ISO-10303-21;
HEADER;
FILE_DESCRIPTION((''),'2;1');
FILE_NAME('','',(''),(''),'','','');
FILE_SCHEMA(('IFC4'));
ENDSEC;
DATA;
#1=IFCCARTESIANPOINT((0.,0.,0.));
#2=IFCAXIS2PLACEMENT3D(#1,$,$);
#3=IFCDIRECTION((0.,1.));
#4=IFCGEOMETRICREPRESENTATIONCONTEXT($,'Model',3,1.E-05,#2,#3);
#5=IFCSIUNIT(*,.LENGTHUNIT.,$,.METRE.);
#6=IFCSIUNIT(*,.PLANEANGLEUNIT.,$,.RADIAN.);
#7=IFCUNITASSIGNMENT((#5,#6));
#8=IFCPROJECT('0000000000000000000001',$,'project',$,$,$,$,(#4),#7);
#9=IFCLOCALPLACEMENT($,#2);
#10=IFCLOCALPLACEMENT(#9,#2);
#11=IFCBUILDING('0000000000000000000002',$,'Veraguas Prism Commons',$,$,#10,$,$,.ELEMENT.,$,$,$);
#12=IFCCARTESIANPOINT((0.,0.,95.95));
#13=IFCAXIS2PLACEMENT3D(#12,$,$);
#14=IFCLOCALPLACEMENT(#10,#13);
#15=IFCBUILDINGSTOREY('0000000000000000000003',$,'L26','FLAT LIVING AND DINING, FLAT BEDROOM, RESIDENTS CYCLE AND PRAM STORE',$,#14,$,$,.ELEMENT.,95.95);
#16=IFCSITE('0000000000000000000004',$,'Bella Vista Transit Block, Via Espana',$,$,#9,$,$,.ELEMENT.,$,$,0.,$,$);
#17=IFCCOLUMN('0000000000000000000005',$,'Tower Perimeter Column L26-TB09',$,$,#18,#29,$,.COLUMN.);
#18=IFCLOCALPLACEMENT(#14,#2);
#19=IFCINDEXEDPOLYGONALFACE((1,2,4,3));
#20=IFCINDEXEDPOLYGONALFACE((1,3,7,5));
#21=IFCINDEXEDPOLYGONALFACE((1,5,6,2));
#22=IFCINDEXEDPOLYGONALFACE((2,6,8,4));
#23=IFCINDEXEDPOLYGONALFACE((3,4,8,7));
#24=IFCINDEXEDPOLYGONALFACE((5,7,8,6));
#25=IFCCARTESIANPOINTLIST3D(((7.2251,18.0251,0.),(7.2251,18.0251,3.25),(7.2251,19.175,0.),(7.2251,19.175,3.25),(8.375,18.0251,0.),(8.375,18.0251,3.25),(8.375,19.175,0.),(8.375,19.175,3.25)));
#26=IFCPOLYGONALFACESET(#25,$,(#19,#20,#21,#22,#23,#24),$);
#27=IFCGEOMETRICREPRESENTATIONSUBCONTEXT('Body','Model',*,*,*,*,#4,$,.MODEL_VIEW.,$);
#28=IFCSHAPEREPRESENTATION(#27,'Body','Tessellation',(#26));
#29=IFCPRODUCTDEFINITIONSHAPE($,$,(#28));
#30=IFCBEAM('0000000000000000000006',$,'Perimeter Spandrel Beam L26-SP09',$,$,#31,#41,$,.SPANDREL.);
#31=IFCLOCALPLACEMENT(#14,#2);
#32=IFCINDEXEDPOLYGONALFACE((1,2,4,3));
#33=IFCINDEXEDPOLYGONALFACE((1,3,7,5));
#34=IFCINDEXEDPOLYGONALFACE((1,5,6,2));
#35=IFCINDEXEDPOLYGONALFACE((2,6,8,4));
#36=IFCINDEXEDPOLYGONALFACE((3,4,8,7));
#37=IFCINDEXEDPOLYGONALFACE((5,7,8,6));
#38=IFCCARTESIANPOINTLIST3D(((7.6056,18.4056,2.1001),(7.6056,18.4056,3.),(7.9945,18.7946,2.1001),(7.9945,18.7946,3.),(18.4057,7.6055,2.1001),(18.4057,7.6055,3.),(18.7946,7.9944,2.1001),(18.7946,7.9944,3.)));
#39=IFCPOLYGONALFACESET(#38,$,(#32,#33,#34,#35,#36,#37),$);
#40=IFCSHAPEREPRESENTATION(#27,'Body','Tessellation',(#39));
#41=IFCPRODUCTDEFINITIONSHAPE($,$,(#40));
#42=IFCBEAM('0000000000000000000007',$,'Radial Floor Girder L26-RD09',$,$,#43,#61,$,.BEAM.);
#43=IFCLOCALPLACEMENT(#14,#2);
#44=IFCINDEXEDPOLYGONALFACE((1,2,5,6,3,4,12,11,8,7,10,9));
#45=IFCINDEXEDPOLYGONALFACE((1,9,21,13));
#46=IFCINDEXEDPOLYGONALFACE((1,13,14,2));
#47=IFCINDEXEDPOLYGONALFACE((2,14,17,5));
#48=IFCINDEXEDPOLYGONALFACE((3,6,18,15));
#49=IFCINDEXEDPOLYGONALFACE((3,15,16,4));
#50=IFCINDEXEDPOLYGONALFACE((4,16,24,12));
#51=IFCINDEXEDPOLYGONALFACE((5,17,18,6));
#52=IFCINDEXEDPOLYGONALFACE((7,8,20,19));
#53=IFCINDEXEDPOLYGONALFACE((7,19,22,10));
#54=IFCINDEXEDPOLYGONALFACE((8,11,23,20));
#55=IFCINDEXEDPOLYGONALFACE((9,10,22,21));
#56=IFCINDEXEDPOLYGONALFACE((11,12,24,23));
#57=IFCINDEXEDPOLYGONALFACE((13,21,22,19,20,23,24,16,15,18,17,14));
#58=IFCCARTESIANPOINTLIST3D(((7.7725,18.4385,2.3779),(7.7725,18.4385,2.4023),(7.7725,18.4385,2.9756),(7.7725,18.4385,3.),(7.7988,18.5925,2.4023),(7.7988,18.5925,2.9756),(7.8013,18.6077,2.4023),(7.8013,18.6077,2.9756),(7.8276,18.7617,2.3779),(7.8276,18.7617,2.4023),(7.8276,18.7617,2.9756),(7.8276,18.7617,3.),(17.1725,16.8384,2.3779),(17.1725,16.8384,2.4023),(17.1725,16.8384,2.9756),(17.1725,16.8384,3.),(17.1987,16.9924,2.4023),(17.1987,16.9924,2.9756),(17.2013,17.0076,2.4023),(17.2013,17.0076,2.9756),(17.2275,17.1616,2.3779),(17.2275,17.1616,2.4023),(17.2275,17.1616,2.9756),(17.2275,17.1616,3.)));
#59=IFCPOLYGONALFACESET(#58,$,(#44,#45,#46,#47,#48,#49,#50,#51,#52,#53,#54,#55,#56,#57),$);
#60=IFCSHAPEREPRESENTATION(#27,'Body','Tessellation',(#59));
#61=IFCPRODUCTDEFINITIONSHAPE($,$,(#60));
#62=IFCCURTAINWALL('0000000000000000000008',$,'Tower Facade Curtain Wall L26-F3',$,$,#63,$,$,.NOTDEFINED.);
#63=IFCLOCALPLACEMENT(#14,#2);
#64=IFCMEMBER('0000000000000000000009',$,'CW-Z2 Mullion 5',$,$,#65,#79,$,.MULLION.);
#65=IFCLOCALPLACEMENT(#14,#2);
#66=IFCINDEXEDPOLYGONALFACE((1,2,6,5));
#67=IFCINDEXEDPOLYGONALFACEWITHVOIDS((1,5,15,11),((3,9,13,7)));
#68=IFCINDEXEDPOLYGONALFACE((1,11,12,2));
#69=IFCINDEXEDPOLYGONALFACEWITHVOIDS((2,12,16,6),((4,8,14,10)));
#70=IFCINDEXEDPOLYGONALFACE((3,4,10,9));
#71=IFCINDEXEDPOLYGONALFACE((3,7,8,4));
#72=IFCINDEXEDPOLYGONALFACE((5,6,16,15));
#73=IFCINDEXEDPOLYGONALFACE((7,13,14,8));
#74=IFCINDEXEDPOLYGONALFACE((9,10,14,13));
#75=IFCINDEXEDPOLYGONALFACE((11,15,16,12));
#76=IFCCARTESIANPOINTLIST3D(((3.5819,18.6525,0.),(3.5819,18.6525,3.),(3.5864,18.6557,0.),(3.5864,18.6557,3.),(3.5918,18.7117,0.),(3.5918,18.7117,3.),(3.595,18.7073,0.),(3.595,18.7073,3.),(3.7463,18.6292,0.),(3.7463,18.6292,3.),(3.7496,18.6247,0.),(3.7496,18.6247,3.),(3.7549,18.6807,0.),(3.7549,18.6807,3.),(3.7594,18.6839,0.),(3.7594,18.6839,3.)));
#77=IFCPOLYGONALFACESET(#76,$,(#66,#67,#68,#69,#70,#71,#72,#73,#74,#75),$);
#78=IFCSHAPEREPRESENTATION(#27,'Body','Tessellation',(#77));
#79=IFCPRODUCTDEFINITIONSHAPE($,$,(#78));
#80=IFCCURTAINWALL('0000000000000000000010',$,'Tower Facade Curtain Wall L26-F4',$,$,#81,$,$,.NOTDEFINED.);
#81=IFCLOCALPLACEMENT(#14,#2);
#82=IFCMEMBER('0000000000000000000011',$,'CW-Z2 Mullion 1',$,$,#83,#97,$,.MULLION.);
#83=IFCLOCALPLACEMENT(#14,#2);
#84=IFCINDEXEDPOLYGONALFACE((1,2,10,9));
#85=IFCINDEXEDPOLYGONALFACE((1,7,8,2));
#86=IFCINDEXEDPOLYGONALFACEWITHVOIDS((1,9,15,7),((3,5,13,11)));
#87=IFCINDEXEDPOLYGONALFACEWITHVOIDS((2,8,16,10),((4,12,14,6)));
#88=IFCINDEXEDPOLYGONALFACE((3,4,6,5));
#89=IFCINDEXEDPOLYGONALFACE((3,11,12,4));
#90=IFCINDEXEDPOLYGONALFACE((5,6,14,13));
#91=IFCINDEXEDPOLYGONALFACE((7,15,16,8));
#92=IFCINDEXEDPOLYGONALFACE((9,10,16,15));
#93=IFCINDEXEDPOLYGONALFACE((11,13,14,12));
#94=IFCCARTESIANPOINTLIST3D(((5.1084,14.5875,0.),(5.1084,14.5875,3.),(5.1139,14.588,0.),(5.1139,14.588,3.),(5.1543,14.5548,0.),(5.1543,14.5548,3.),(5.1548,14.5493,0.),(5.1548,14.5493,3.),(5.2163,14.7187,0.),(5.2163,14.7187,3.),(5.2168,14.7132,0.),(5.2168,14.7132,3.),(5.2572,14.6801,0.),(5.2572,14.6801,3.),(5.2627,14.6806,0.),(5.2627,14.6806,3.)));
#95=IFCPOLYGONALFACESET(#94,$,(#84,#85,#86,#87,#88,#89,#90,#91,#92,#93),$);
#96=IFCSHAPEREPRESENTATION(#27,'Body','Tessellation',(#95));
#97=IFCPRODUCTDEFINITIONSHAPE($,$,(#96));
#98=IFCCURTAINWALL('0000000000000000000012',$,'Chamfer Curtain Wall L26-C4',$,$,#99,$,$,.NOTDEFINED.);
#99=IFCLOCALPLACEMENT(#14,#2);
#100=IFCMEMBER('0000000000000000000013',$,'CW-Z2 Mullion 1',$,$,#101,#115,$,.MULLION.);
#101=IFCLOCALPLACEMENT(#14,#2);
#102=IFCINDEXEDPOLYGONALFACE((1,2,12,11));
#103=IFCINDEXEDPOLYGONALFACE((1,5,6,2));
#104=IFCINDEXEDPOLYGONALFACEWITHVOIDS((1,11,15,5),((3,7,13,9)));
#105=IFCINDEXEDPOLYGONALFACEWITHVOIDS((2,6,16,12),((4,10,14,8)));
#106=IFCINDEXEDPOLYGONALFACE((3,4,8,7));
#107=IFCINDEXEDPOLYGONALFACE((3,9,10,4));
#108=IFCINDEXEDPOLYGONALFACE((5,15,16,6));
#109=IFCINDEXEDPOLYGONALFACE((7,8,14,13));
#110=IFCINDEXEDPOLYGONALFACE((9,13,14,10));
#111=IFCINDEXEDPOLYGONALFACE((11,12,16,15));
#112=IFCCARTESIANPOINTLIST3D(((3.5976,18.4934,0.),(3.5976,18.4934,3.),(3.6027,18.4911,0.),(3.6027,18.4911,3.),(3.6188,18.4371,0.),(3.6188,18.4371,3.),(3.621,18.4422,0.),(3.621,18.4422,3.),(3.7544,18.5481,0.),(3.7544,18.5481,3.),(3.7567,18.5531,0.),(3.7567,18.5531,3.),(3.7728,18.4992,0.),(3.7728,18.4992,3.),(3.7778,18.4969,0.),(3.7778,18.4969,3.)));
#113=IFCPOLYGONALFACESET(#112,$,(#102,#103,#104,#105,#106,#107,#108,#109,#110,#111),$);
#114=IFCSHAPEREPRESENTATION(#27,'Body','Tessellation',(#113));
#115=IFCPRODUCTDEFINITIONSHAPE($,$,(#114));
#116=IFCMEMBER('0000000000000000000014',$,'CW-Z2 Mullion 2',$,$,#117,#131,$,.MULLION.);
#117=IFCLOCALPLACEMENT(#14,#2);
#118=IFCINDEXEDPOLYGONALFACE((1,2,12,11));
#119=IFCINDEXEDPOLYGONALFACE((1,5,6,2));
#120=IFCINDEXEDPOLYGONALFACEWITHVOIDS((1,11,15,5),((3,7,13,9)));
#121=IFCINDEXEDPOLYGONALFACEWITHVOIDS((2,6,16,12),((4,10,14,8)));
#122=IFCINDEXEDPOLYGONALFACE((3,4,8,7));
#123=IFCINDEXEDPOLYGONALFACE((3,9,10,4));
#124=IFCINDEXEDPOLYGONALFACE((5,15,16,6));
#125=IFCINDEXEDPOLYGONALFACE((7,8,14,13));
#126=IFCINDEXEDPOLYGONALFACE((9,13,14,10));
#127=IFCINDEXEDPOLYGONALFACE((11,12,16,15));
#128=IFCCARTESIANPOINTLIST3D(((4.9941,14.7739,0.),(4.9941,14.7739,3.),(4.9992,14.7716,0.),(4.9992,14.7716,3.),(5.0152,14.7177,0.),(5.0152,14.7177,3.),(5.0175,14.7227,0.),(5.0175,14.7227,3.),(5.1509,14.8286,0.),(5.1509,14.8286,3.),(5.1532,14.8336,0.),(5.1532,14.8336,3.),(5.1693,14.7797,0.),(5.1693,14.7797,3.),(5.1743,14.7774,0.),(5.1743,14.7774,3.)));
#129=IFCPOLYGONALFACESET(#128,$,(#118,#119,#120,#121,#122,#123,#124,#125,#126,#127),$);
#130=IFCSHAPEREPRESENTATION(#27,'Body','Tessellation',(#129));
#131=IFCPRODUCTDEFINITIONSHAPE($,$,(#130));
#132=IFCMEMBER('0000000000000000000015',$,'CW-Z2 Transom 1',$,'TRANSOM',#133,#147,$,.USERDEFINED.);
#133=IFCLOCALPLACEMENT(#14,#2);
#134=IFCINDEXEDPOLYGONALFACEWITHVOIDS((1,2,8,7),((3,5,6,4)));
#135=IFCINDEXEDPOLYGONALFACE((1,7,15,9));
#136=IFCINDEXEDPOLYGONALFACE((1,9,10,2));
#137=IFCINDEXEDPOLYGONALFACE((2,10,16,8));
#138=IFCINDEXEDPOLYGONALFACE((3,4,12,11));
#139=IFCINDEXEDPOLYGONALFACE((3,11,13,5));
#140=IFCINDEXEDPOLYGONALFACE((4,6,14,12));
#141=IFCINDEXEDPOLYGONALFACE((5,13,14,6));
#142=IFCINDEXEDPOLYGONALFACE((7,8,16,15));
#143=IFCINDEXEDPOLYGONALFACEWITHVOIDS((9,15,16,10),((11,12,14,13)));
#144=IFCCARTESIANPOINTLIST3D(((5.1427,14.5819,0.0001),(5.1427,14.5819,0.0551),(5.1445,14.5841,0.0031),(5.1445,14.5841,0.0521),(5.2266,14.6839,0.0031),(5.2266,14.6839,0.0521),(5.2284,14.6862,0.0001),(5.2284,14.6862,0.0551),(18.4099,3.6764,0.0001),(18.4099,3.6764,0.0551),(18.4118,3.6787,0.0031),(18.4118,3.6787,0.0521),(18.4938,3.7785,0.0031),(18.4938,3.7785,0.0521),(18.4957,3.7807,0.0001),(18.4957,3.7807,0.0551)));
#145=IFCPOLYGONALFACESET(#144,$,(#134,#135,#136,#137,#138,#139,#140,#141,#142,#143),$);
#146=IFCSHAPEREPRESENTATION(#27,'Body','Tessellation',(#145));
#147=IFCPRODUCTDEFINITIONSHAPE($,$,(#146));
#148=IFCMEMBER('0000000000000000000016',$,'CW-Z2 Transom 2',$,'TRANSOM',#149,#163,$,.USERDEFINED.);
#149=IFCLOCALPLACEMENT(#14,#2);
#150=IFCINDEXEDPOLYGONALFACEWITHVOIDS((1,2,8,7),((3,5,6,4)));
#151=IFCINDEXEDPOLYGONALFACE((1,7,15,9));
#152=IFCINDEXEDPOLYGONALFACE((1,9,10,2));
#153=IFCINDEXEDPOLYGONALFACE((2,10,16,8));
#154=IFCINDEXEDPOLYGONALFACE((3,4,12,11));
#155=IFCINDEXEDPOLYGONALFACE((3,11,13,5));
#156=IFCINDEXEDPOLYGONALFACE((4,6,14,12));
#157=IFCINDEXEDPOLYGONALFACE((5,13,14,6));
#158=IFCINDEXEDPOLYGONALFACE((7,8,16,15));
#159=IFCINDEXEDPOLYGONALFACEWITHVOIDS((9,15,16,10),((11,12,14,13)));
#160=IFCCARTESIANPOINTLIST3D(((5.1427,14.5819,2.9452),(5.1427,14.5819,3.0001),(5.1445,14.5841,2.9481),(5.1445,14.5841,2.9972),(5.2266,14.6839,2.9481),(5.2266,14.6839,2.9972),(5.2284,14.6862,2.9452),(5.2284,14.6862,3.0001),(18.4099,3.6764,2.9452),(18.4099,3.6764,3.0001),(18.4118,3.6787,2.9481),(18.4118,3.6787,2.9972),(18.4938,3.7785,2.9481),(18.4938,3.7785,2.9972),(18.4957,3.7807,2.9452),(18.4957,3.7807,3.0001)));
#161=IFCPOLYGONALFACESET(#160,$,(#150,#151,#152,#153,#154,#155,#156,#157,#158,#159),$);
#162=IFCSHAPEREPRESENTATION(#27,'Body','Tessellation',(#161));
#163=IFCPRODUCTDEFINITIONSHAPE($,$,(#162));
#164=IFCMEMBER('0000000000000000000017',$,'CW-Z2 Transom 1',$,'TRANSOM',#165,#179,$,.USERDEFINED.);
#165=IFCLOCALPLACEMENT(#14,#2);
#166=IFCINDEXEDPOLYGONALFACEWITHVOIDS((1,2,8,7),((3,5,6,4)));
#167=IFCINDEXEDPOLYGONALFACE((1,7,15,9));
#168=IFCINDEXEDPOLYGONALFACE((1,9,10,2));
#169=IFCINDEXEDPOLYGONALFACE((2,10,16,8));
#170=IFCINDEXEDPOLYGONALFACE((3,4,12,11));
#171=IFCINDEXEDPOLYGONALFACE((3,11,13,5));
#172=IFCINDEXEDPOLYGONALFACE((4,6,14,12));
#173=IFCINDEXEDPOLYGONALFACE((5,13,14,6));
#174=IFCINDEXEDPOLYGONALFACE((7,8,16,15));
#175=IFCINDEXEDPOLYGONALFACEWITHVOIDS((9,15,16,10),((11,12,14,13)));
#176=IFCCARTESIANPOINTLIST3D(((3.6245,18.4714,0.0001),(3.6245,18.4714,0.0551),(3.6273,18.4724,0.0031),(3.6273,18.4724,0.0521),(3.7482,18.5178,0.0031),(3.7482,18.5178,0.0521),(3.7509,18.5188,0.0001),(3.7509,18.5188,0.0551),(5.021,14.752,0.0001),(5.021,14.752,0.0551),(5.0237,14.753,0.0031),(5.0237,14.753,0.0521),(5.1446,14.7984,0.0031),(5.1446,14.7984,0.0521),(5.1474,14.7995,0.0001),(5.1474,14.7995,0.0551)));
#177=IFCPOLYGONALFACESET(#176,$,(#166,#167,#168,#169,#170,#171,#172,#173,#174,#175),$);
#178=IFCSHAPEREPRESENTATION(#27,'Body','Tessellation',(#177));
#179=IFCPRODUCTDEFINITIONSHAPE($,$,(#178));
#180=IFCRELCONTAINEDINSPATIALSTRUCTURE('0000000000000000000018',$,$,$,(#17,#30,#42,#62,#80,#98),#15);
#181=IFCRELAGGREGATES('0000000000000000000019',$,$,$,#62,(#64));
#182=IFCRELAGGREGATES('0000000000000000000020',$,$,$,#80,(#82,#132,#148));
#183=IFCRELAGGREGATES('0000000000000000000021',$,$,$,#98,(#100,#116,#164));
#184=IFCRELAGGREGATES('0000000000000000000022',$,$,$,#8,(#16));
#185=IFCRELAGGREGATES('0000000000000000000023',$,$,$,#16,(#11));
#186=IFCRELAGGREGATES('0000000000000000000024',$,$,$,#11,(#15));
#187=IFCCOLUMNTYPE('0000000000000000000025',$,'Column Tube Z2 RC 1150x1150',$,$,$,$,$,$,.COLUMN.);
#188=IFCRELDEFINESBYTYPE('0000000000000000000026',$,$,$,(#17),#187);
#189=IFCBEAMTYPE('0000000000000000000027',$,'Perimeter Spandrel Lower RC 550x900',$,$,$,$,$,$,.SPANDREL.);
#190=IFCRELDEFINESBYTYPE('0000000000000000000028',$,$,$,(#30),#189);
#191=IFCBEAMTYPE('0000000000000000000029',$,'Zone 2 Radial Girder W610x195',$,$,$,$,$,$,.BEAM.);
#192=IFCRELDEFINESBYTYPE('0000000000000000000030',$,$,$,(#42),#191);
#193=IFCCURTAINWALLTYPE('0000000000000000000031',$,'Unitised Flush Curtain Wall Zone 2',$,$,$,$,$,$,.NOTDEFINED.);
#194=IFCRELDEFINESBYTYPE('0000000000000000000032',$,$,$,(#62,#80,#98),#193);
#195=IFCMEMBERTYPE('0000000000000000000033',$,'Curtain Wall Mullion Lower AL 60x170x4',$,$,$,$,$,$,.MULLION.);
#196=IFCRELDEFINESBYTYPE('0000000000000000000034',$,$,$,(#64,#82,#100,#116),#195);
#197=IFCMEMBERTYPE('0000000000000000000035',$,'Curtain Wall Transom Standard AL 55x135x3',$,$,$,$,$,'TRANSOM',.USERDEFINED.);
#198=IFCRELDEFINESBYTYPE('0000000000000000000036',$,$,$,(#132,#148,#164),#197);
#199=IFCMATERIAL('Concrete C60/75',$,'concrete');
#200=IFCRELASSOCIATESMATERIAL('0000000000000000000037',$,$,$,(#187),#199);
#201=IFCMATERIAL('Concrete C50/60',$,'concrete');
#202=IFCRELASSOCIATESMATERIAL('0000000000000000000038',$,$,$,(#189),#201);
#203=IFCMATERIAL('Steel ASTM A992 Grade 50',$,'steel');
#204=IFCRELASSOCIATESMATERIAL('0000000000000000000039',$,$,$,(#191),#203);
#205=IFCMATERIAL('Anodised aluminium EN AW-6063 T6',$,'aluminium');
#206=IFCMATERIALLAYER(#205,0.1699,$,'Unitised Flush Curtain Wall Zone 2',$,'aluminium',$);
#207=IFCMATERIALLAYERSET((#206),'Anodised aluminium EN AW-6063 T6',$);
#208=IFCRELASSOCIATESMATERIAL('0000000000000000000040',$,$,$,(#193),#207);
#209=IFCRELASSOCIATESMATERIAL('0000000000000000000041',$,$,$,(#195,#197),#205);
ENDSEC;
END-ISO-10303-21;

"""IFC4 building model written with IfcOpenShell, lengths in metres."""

from ifc_helpers import new_model, si_unit, direction, frame, origin, origin_2d, place, context, subcontext, project, spatial, rectangle, hollow_rectangle, i_section, extrude, source, transform, mapped, material, layer, layer_set, material_profile, profile_set, type_object, element, aggregate, save


model = new_model("IFC4")

# Units and contexts
model_context = context("Model", 3, precision=1e-05, world=origin(), true_north=direction((0.0, 1.0)))
body_context = subcontext(model_context, "Body", "Model", "MODEL_VIEW")
ifc_project = project(units=[si_unit("LENGTHUNIT", "METRE"), si_unit("PLANEANGLEUNIT", "RADIAN")], contexts=[model_context])

# Site, building, storey
site_placement = place(None, origin())
site = spatial("IfcSite", under=ifc_project, at=site_placement, Name="Bella Vista Transit Block, Via Espana", CompositionType="ELEMENT", RefElevation=0.0)
building_placement = place(site_placement, origin())
building = spatial("IfcBuilding", under=site, at=building_placement, Name="Veraguas Prism Commons", CompositionType="ELEMENT")
storey_placement = place(building_placement, frame((0.0, 0.0, 95.95)))
storey = spatial("IfcBuildingStorey", under=building, at=storey_placement, Name="L26", Description="FLAT LIVING AND DINING, FLAT BEDROOM, RESIDENTS CYCLE AND PRAM STORE", CompositionType="ELEMENT", Elevation=95.95)

# Column
ifc_material_1 = material(Name="Concrete C60/75", Category="concrete")
ifc_material_profile_1 = material_profile(ifc_material_1, rectangle(XDim=1.1499, YDim=1.1499, at=origin_2d()), Name="RC1150X1150")
ifc_profile_set_1 = profile_set([ifc_material_profile_1], Name="Concrete C60/75")
column_type = type_object("IfcColumnType", Name="Column Tube Z2 RC 1150x1150", PredefinedType="COLUMN", material=ifc_profile_set_1)
column_placement = place(storey_placement, frame((7.8, 18.6001, 0.0), z_axis=(0.0, 0.0, 1.0), x_axis=(1.0, 0.0, 0.0)))
element("IfcColumn", 1, at=column_placement, inside=storey, type_object=column_type, Name="Tower Perimeter Column L26-TB09", PredefinedType="COLUMN", context=body_context, shape_type="SweptSolid", body=[
    extrude(rectangle(XDim=1.1499, YDim=1.1499, at=origin_2d()), origin(), (0.0, 0.0, 1.0), 3.25),
])

# Beams
ifc_material_2 = material(Name="Concrete C50/60", Category="concrete")
ifc_material_profile_2 = material_profile(ifc_material_2, rectangle(XDim=0.55, YDim=0.8999, at=origin_2d()), Name="RC550X900")
ifc_profile_set_2 = profile_set([ifc_material_profile_2], Name="Concrete C50/60")
beam_type_1 = type_object("IfcBeamType", Name="Perimeter Spandrel Lower RC 550x900", PredefinedType="SPANDREL", material=ifc_profile_set_2)
beam_1_placement = place(storey_placement, frame((7.8, 18.6001, 2.55), z_axis=(0.707107, -0.707107, 0.0), x_axis=(0.707107, 0.707107, 0.0)))
element("IfcBeam", 2, at=beam_1_placement, inside=storey, type_object=beam_type_1, Name="Perimeter Spandrel Beam L26-SP09", PredefinedType="SPANDREL", context=body_context, shape_type="SweptSolid", body=[
    extrude(rectangle(XDim=0.55, YDim=0.8999, at=origin_2d()), origin(), (0.0, 0.0, 1.0), 15.2737),
])
ifc_material_3 = material(Name="Steel ASTM A992 Grade 50", Category="steel")
ifc_material_profile_3 = material_profile(ifc_material_3, i_section(OverallWidth=0.3279, OverallDepth=0.6221, WebThickness=0.0154, FlangeThickness=0.0244, at=origin_2d()), Name="W610X195")
ifc_profile_set_3 = profile_set([ifc_material_profile_3], Name="Steel ASTM A992 Grade 50")
beam_type_2 = type_object("IfcBeamType", Name="Zone 2 Radial Girder W610x195", PredefinedType="BEAM", material=ifc_profile_set_3)
beam_2_placement = place(storey_placement, frame((7.8, 18.6001, 2.689), z_axis=(0.985819, -0.167811, 0.0), x_axis=(0.167811, 0.985819, 0.0)))
element("IfcBeam", 3, at=beam_2_placement, inside=storey, type_object=beam_type_2, Name="Radial Floor Girder L26-RD09", PredefinedType="BEAM", context=body_context, shape_type="SweptSolid", body=[
    extrude(i_section(OverallWidth=0.3279, OverallDepth=0.6221, WebThickness=0.0154, FlangeThickness=0.0244, at=origin_2d()), origin(), (0.0, 0.0, 1.0), 9.5352),
])

# Curtain walls, members
ifc_material_4 = material(Name="Anodised aluminium EN AW-6063 T6", Category="aluminium")
ifc_layer_1 = layer(ifc_material_4, 0.1699, Name="Unitised Flush Curtain Wall Zone 2", Category="aluminium")
ifc_layer_set_1 = layer_set([ifc_layer_1], Name="Anodised aluminium EN AW-6063 T6")
curtain_wall_type = type_object("IfcCurtainWallType", Name="Unitised Flush Curtain Wall Zone 2", PredefinedType="NOTDEFINED", material=ifc_layer_set_1)
curtain_wall_1_placement = place(storey_placement, origin())
curtain_wall_1 = element("IfcCurtainWall", 4, at=curtain_wall_1_placement, inside=storey, type_object=curtain_wall_type, Name="Tower Facade Curtain Wall L26-F3", PredefinedType="NOTDEFINED")
ifc_material_profile_4 = material_profile(ifc_material_4, hollow_rectangle(XDim=0.0601, YDim=0.1699, WallThickness=0.0039, at=origin_2d()), Name="AL60X170X4")
ifc_profile_set_4 = profile_set([ifc_material_profile_4], Name="Anodised aluminium EN AW-6063 T6")
member_type_1 = type_object("IfcMemberType", Name="Curtain Wall Mullion Lower AL 60x170x4", PredefinedType="MULLION", material=ifc_profile_set_4)
shared_shape_1 = source(origin(), body_context, "Body", "SweptSolid", [
    extrude(hollow_rectangle(XDim=0.0601, YDim=0.1699, WallThickness=0.0039, at=origin_2d()), origin(), (0.0, 0.0, 1.0), 3.0),
])
member_1_placement = place(storey_placement, frame((3.6707, 18.6682, 0.0), z_axis=(0.0, 0.0, 1.0), x_axis=(-0.163672, -0.986515, 0.0)))
member_1 = element("IfcMember", 5, at=member_1_placement, type_object=member_type_1, Name="CW-Z2 Mullion 5", PredefinedType="MULLION", context=body_context, shape_type="MappedRepresentation", body=[
    mapped(shared_shape_1, transform((0.0, 0.0, 0.0), scale=1.0)),
])
curtain_wall_2_placement = place(storey_placement, origin())
curtain_wall_2 = element("IfcCurtainWall", 6, at=curtain_wall_2_placement, inside=storey, type_object=curtain_wall_type, Name="Tower Facade Curtain Wall L26-F4", PredefinedType="NOTDEFINED")
member_2_placement = place(storey_placement, frame((5.1855, 14.634, 0.0), z_axis=(0.0, 0.0, 1.0), x_axis=(0.772512, -0.635, 0.0)))
member_2 = element("IfcMember", 7, at=member_2_placement, type_object=member_type_1, Name="CW-Z2 Mullion 1", PredefinedType="MULLION", context=body_context, shape_type="MappedRepresentation", body=[
    mapped(shared_shape_1, transform((0.0, 0.0, 0.0), scale=1.0)),
])

# Curtain wall, members
curtain_wall_3_placement = place(storey_placement, origin())
curtain_wall_3 = element("IfcCurtainWall", 8, at=curtain_wall_3_placement, inside=storey, type_object=curtain_wall_type, Name="Chamfer Curtain Wall L26-C4", PredefinedType="NOTDEFINED")
member_3_placement = place(storey_placement, frame((3.6877, 18.4951, 0.0), z_axis=(0.0, 0.0, 1.0), x_axis=(0.351518, -0.936181, 0.0)))
member_3 = element("IfcMember", 9, at=member_3_placement, type_object=member_type_1, Name="CW-Z2 Mullion 1", PredefinedType="MULLION", context=body_context, shape_type="MappedRepresentation", body=[
    mapped(shared_shape_1, transform((0.0, 0.0, 0.0), scale=1.0)),
])
member_4_placement = place(storey_placement, frame((5.0842, 14.7756, 0.0), z_axis=(0.0, 0.0, 1.0), x_axis=(0.351518, -0.936181, 0.0)))
member_4 = element("IfcMember", 10, at=member_4_placement, type_object=member_type_1, Name="CW-Z2 Mullion 2", PredefinedType="MULLION", context=body_context, shape_type="MappedRepresentation", body=[
    mapped(shared_shape_1, transform((0.0, 0.0, 0.0), scale=1.0)),
])

# Members
ifc_material_profile_5 = material_profile(ifc_material_4, hollow_rectangle(XDim=0.0549, YDim=0.135, WallThickness=0.0029, at=origin_2d()), Name="AL55X135X3")
ifc_profile_set_5 = profile_set([ifc_material_profile_5], Name="Anodised aluminium EN AW-6063 T6")
member_type_2 = type_object("IfcMemberType", Name="Curtain Wall Transom Standard AL 55x135x3", ElementType="TRANSOM", PredefinedType="USERDEFINED", material=ifc_profile_set_5)
shared_shape_2 = source(origin(), body_context, "Body", "SweptSolid", [
    extrude(hollow_rectangle(XDim=0.0549, YDim=0.135, WallThickness=0.0029, at=origin_2d()), origin(), (0.0, 0.0, 1.0), 17.1741),
])
member_5_placement = place(storey_placement, frame((5.1855, 14.634, 0.0276), z_axis=(0.772516, -0.634995, 0.0), x_axis=(0.0, 0.0, 1.0)))
member_5 = element("IfcMember", 11, at=member_5_placement, type_object=member_type_2, Name="CW-Z2 Transom 1", ObjectType="TRANSOM", PredefinedType="USERDEFINED", context=body_context, shape_type="MappedRepresentation", body=[
    mapped(shared_shape_2, transform((0.0, 0.0, 0.0), scale=1.0)),
])
member_6_placement = place(storey_placement, frame((5.1855, 14.634, 2.9727), z_axis=(0.772516, -0.634995, 0.0), x_axis=(0.0, 0.0, 1.0)))
member_6 = element("IfcMember", 12, at=member_6_placement, type_object=member_type_2, Name="CW-Z2 Transom 2", ObjectType="TRANSOM", PredefinedType="USERDEFINED", context=body_context, shape_type="MappedRepresentation", body=[
    mapped(shared_shape_2, transform((0.0, 0.0, 0.0), scale=1.0)),
])
shared_shape_3 = source(origin(), body_context, "Body", "SweptSolid", [
    extrude(hollow_rectangle(XDim=0.0549, YDim=0.135, WallThickness=0.0029, at=origin_2d()), origin(), (0.0, 0.0, 1.0), 3.9729),
])
member_7_placement = place(storey_placement, frame((3.6877, 18.4951, 0.0276), z_axis=(0.351494, -0.93619, 0.0), x_axis=(0.0, 0.0, 1.0)))
member_7 = element("IfcMember", 13, at=member_7_placement, type_object=member_type_2, Name="CW-Z2 Transom 1", ObjectType="TRANSOM", PredefinedType="USERDEFINED", context=body_context, shape_type="MappedRepresentation", body=[
    mapped(shared_shape_3, transform((0.0, 0.0, 0.0), scale=1.0)),
])

aggregate(curtain_wall_1, [member_1])
aggregate(curtain_wall_2, [member_2, member_5, member_6])
aggregate(curtain_wall_3, [member_3, member_4, member_7])

save(model, "model.ifc")
